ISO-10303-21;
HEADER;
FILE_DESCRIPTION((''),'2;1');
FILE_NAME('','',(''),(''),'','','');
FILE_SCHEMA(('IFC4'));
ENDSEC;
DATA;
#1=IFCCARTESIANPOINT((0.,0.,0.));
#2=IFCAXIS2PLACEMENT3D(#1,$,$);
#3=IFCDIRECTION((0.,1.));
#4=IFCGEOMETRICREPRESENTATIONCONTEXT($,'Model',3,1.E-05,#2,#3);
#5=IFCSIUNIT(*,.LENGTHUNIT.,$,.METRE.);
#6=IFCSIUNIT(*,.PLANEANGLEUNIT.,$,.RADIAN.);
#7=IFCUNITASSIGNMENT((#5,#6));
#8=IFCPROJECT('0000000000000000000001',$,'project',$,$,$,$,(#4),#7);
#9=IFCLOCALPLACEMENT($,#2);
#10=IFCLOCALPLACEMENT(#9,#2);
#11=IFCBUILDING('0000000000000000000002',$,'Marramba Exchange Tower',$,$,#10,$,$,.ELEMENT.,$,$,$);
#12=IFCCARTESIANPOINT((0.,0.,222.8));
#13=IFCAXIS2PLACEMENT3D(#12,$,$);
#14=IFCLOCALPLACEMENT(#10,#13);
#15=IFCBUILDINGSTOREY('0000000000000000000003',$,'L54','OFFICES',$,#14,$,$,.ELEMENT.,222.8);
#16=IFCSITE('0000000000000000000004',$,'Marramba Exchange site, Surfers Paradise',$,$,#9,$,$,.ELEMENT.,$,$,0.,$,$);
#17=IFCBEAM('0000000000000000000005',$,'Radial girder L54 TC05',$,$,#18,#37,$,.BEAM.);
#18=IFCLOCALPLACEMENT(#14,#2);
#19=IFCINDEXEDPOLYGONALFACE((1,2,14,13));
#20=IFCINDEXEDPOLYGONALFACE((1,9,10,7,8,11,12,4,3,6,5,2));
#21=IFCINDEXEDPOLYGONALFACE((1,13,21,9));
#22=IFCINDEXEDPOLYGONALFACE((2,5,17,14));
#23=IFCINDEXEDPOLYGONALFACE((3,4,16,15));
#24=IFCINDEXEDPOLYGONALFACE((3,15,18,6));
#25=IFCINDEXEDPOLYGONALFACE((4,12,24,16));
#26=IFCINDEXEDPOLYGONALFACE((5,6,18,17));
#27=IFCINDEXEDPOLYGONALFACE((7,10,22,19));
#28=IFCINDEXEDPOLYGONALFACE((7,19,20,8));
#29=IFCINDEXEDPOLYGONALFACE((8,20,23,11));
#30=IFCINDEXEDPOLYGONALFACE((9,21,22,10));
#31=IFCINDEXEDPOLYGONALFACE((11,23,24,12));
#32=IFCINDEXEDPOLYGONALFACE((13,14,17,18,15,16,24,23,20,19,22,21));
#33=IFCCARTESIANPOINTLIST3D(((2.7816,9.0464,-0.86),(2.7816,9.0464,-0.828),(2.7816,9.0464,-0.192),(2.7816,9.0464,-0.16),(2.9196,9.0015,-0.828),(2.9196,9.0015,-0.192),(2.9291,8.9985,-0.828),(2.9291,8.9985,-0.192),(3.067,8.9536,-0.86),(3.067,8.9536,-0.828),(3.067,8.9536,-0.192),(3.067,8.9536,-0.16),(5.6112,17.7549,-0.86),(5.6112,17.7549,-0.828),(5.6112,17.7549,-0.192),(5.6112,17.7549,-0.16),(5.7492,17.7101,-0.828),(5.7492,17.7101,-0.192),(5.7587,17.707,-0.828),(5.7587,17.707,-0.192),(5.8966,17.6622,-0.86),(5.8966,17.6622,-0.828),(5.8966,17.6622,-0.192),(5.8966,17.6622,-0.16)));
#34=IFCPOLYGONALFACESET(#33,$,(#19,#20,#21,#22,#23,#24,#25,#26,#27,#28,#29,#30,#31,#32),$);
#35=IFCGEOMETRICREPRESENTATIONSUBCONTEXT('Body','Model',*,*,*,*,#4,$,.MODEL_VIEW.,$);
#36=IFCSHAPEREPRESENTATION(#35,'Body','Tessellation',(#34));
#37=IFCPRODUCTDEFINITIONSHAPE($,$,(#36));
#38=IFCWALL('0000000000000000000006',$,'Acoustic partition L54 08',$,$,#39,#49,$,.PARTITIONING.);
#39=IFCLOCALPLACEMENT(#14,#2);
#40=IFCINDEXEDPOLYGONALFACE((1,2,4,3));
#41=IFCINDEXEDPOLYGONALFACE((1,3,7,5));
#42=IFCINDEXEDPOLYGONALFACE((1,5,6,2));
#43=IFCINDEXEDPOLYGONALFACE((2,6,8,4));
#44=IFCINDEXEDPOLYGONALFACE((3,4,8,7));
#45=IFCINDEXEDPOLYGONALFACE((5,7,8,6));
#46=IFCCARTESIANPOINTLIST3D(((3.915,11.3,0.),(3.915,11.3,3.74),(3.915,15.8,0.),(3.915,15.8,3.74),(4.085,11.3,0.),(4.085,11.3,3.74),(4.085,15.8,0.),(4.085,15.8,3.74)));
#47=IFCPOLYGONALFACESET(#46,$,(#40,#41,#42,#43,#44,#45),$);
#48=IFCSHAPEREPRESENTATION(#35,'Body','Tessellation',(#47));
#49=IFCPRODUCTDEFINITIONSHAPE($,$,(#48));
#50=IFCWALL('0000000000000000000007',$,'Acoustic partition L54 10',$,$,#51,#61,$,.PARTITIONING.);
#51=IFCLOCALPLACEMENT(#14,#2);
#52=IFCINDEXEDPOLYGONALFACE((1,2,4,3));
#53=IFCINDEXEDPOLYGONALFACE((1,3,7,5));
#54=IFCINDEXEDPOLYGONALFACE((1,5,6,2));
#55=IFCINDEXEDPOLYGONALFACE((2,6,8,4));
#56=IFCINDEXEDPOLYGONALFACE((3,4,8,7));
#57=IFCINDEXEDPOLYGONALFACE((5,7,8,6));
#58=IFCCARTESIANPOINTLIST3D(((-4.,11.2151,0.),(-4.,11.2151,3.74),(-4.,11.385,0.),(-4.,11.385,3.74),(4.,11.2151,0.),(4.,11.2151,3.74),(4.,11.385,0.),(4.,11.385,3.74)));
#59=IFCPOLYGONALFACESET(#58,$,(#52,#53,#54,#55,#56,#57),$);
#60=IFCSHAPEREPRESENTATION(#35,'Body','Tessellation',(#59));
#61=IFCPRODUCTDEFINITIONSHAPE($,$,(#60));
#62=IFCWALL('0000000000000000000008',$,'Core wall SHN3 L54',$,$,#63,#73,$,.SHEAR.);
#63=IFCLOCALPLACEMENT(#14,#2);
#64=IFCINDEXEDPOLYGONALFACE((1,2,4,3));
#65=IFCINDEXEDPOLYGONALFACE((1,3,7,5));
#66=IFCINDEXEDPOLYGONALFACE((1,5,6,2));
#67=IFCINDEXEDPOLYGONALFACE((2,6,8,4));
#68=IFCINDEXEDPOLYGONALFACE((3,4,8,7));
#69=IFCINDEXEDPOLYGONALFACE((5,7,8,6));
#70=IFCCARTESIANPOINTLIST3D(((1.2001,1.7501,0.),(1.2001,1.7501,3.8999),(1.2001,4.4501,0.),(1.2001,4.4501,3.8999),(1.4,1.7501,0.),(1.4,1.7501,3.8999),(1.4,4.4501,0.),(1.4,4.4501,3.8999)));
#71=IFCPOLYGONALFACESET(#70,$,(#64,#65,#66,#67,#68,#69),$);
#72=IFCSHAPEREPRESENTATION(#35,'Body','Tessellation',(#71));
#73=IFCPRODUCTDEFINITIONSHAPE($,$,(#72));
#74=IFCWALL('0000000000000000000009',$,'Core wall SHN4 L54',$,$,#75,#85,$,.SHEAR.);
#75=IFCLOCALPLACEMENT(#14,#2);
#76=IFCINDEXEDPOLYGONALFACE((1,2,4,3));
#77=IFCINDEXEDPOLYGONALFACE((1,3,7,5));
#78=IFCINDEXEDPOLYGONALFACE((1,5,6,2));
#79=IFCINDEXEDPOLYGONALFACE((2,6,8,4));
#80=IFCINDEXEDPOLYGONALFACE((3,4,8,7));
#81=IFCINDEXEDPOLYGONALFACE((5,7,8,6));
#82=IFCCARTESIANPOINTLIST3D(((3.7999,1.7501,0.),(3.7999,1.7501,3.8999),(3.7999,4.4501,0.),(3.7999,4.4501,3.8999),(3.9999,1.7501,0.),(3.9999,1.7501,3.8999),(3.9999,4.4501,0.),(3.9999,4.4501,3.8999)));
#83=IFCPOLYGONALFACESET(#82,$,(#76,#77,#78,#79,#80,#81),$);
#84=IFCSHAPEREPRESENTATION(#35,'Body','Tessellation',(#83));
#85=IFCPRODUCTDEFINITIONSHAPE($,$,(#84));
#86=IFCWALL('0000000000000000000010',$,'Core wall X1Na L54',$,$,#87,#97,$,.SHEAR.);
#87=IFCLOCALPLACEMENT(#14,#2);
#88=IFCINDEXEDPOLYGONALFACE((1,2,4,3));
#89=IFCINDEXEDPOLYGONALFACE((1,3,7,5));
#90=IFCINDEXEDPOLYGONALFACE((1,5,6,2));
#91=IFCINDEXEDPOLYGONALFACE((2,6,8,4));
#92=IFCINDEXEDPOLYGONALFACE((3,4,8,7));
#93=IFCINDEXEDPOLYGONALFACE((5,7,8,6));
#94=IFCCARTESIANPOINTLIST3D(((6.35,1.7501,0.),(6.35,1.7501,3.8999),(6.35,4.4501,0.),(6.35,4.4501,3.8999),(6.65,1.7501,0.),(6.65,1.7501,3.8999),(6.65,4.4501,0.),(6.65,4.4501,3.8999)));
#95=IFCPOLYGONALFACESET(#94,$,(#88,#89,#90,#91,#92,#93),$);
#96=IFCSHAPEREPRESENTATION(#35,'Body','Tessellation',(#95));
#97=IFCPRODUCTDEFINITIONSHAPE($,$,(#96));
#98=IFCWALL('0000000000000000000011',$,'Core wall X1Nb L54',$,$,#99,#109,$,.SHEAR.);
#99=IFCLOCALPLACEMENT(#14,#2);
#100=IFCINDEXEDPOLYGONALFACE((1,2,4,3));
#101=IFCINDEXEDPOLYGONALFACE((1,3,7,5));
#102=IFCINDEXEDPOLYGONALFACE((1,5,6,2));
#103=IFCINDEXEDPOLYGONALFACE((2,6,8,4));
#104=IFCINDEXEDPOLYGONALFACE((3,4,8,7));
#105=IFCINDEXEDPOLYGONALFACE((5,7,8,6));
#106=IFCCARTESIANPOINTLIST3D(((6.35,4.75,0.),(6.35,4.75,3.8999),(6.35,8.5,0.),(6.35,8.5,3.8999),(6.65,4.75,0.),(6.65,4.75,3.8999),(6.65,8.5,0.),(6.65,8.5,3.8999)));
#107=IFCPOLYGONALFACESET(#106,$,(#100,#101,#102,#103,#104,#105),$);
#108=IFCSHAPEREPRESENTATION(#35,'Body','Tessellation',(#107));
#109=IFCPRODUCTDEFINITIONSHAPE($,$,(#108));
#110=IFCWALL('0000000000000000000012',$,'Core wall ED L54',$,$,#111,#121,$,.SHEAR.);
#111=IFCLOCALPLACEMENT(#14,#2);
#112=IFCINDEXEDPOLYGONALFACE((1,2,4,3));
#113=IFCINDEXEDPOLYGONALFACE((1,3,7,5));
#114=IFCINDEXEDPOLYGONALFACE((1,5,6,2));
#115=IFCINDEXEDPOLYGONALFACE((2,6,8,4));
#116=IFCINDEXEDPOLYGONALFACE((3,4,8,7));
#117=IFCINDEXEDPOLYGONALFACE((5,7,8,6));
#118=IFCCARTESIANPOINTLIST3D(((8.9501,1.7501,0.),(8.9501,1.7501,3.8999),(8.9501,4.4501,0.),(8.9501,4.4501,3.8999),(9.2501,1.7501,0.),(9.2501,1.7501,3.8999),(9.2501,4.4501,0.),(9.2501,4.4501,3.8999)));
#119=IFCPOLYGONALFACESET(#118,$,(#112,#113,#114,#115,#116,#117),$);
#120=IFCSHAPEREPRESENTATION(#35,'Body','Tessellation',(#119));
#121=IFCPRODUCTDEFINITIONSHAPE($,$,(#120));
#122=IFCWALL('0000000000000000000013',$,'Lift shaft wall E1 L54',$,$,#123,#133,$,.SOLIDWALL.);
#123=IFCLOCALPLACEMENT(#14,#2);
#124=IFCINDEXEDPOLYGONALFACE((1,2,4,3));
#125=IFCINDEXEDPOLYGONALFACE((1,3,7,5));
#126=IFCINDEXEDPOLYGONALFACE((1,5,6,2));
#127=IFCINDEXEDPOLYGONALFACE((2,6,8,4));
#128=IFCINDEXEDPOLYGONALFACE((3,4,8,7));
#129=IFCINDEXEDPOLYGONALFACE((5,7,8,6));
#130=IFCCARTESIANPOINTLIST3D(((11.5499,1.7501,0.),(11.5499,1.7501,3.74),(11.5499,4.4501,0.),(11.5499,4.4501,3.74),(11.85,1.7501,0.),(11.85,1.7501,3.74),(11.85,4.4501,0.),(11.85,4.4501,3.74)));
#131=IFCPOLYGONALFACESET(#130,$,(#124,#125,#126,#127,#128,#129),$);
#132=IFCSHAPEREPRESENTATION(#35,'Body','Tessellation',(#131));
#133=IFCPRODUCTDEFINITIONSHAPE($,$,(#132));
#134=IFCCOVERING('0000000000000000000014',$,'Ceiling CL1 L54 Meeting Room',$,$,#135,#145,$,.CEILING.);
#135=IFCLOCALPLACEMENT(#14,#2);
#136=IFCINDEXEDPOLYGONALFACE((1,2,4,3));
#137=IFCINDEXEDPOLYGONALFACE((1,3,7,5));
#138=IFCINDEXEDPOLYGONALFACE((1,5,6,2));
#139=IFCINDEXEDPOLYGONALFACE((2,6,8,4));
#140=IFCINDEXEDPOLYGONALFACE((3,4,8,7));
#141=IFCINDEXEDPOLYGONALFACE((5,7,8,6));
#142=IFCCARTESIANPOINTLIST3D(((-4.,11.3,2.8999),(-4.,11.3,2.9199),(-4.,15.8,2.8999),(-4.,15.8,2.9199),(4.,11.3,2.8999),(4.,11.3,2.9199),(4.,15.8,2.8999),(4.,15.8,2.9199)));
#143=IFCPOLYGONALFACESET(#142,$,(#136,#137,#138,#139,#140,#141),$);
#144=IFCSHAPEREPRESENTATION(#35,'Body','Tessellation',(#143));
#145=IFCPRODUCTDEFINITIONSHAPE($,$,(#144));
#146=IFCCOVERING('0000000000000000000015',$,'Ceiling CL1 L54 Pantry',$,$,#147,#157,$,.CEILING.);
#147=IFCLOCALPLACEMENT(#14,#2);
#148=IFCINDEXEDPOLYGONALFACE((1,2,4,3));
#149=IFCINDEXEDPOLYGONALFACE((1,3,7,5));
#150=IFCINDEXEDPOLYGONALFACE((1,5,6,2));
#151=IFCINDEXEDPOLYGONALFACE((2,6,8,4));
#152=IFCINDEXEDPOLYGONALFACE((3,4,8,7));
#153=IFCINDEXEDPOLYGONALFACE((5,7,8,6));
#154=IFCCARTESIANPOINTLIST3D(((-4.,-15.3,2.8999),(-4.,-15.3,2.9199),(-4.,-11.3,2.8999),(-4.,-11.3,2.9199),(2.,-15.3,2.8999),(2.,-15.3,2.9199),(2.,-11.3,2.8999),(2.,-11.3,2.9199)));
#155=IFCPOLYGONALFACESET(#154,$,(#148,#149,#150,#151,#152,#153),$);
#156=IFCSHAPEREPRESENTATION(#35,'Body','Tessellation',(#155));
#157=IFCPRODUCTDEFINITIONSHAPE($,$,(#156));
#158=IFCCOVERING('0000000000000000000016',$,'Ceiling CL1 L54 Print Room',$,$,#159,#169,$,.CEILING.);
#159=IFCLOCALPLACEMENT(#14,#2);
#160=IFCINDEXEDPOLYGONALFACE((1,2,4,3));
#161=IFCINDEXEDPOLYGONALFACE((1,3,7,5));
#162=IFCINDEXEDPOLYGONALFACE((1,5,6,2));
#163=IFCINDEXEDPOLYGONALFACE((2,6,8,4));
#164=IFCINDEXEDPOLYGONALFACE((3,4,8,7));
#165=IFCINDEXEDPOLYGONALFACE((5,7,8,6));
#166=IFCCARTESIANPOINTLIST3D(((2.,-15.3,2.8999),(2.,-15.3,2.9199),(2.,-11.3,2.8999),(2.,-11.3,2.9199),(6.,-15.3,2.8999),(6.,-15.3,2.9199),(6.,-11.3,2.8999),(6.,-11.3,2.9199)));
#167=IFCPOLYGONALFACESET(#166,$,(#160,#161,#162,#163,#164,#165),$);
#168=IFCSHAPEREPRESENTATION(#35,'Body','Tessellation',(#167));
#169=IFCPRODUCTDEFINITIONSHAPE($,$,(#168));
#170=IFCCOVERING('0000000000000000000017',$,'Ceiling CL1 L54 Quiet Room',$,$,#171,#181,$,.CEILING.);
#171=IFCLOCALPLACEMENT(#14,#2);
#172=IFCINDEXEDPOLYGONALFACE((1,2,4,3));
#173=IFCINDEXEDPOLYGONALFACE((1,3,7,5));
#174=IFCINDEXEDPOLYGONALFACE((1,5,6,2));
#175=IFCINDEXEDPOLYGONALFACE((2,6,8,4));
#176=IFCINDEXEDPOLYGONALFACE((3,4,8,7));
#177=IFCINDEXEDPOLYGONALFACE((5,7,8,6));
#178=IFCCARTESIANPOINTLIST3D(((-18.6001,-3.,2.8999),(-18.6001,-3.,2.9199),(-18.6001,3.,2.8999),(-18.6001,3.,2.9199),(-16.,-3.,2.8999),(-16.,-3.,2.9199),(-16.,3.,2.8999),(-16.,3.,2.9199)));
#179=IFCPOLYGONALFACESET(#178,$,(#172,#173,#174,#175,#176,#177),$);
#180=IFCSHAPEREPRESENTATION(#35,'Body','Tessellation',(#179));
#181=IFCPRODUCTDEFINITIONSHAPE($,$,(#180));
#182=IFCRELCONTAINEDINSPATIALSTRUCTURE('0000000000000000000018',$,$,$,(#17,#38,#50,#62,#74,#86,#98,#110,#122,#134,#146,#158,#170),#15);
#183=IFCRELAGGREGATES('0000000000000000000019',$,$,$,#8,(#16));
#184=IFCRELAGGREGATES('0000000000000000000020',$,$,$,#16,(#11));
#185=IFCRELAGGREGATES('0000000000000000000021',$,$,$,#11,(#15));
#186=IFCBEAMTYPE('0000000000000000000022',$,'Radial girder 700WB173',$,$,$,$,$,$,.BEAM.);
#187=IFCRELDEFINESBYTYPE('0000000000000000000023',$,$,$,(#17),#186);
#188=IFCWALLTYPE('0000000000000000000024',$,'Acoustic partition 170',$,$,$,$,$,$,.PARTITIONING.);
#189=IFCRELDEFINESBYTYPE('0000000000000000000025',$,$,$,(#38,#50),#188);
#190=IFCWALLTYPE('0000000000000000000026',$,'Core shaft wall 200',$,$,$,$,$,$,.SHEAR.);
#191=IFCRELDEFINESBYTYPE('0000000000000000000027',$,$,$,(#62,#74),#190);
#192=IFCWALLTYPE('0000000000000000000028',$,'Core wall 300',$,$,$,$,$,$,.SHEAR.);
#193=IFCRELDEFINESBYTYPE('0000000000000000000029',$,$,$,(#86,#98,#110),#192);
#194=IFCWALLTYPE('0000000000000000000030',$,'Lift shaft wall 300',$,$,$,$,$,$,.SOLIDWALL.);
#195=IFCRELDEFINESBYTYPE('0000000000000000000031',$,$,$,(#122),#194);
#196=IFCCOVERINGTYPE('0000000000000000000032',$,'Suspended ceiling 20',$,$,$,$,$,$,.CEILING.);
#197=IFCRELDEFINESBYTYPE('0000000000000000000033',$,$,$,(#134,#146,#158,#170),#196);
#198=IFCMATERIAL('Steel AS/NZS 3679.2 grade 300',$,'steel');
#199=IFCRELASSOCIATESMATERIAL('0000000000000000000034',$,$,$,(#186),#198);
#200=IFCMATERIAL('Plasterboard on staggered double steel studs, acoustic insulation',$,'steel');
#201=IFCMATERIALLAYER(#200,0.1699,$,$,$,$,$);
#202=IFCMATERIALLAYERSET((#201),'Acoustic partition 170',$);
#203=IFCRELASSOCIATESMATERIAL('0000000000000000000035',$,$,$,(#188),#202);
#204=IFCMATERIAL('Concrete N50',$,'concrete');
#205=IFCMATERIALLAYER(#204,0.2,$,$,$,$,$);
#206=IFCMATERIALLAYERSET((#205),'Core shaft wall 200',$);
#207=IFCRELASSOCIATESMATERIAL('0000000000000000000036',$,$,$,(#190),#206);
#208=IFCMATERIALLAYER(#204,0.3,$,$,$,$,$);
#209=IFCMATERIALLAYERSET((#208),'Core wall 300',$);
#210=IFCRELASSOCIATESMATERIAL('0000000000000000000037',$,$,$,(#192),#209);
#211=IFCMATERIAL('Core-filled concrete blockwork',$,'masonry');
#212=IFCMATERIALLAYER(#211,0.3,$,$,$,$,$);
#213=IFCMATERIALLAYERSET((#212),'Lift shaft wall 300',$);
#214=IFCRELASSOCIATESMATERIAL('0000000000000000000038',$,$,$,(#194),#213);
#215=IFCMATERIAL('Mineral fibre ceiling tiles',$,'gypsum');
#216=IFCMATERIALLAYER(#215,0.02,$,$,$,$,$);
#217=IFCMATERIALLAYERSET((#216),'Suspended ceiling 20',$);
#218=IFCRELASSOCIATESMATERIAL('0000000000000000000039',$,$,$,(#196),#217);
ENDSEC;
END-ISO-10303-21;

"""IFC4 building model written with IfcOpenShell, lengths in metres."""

from ifc_helpers import new_model, si_unit, direction, frame, frame_2d, origin, origin_2d, place, context, subcontext, project, spatial, polyline, rectangle, i_section, outline, extrude, material, layer, layer_set, material_profile, profile_set, type_object, element, save


model = new_model("IFC4")

# Units and contexts
model_context = context("Model", 3, precision=1e-05, world=origin(), true_north=direction((0.0, 1.0)))
body_context = subcontext(model_context, "Body", "Model", "MODEL_VIEW")
ifc_project = project(units=[si_unit("LENGTHUNIT", "METRE"), si_unit("PLANEANGLEUNIT", "RADIAN")], contexts=[model_context])

# Site, building, storey
site_placement = place(None, origin())
site = spatial("IfcSite", under=ifc_project, at=site_placement, Name="Marramba Exchange site, Surfers Paradise", CompositionType="ELEMENT", RefElevation=0.0)
building_placement = place(site_placement, origin())
building = spatial("IfcBuilding", under=site, at=building_placement, Name="Marramba Exchange Tower", CompositionType="ELEMENT")
storey_placement = place(building_placement, frame((0.0, 0.0, 222.8)))
storey = spatial("IfcBuildingStorey", under=building, at=storey_placement, Name="L54", Description="OFFICES", CompositionType="ELEMENT", Elevation=222.8)

# Shared definitions
ifc_material_1 = material(Name="Concrete N50", Category="concrete")

# Beam
ifc_material_2 = material(Name="Steel AS/NZS 3679.2 grade 300", Category="steel")
ifc_material_profile_1 = material_profile(ifc_material_2, i_section(OverallWidth=0.3, OverallDepth=0.7, WebThickness=0.01, FlangeThickness=0.032, at=origin_2d()), Name="700WB173")
ifc_profile_set_1 = profile_set([ifc_material_profile_1], Name="Steel AS/NZS 3679.2 grade 300")
beam_type_1 = type_object("IfcBeamType", Name="Radial girder 700WB173", PredefinedType="BEAM", material=ifc_profile_set_1)
beam_1_placement = place(storey_placement, frame((2.9243, 9.0, -0.51), z_axis=(0.30902, 0.951056, 0.0), x_axis=(-0.951056, 0.30902, 0.0)))
element("IfcBeam", 1, at=beam_1_placement, inside=storey, type_object=beam_type_1, Name="Radial girder L54 TC05", PredefinedType="BEAM", context=body_context, shape_type="SweptSolid", body=[
    extrude(i_section(OverallWidth=0.3, OverallDepth=0.7, WebThickness=0.01, FlangeThickness=0.032, at=origin_2d()), origin(), (0.0, 0.0, 1.0), 9.1567),
])

# Walls
ifc_material_3 = material(Name="Plasterboard on staggered double steel studs, acoustic insulation", Category="steel")
ifc_layer_1 = layer(ifc_material_3, 0.1699)
ifc_layer_set_1 = layer_set([ifc_layer_1], Name="Acoustic partition 170")
wall_type_1 = type_object("IfcWallType", Name="Acoustic partition 170", PredefinedType="PARTITIONING", material=ifc_layer_set_1)
wall_1_placement = place(storey_placement, frame((4.0, 15.8, 0.0), z_axis=(0.0, 0.0, 1.0), x_axis=(0.0, -1.0, 0.0)))
element("IfcWall", 2, at=wall_1_placement, inside=storey, type_object=wall_type_1, Name="Acoustic partition L54 08", PredefinedType="PARTITIONING", context=body_context, shape_type="SweptSolid", body=[
    extrude(rectangle(XDim=4.5, YDim=0.1699, at=frame_2d((2.25, 0.0))), origin(), (0.0, 0.0, 1.0), 3.74),
])
wall_2_placement = place(storey_placement, frame((4.0, 11.3, 0.0), z_axis=(0.0, 0.0, 1.0), x_axis=(-1.0, 0.0, 0.0)))
element("IfcWall", 3, at=wall_2_placement, inside=storey, type_object=wall_type_1, Name="Acoustic partition L54 10", PredefinedType="PARTITIONING", context=body_context, shape_type="SweptSolid", body=[
    extrude(rectangle(XDim=8.0, YDim=0.1699, at=frame_2d((4.0, 0.0))), origin(), (0.0, 0.0, 1.0), 3.74),
])
ifc_layer_2 = layer(ifc_material_1, 0.2)
ifc_layer_set_2 = layer_set([ifc_layer_2], Name="Core shaft wall 200")
wall_type_2 = type_object("IfcWallType", Name="Core shaft wall 200", PredefinedType="SHEAR", material=ifc_layer_set_2)
for number, where, z_axis, x_axis, name in (
    (4, (1.3, 1.75, 0.0), (0.0, 0.0, 1.0), (0.0, 1.0, 0.0), "Core wall SHN3 L54"),
    (5, (3.8999, 1.75, 0.0), (0.0, 0.0, 1.0), (0.0, 1.0, 0.0), "Core wall SHN4 L54"),
):
    element("IfcWall", number, at=place(storey_placement, frame(where, z_axis=z_axis, x_axis=x_axis)), inside=storey, type_object=wall_type_2, Name=name, PredefinedType="SHEAR", context=body_context, shape_type="SweptSolid", body=[
        extrude(rectangle(XDim=2.7, YDim=0.2, at=frame_2d((1.3501, 0.0))), origin(), (0.0, 0.0, 1.0), 3.8999),
    ])
ifc_layer_3 = layer(ifc_material_1, 0.3)
ifc_layer_set_3 = layer_set([ifc_layer_3], Name="Core wall 300")
wall_type_3 = type_object("IfcWallType", Name="Core wall 300", PredefinedType="SHEAR", material=ifc_layer_set_3)
wall_3_placement = place(storey_placement, frame((6.5, 1.75, 0.0), z_axis=(0.0, 0.0, 1.0), x_axis=(0.0, 1.0, 0.0)))
element("IfcWall", 6, at=wall_3_placement, inside=storey, type_object=wall_type_3, Name="Core wall X1Na L54", PredefinedType="SHEAR", context=body_context, shape_type="SweptSolid", body=[
    extrude(rectangle(XDim=2.7, YDim=0.3, at=frame_2d((1.3501, 0.0))), origin(), (0.0, 0.0, 1.0), 3.8999),
])
wall_4_placement = place(storey_placement, frame((6.5, 4.75, 0.0), z_axis=(0.0, 0.0, 1.0), x_axis=(0.0, 1.0, 0.0)))
element("IfcWall", 7, at=wall_4_placement, inside=storey, type_object=wall_type_3, Name="Core wall X1Nb L54", PredefinedType="SHEAR", context=body_context, shape_type="SweptSolid", body=[
    extrude(rectangle(XDim=3.75, YDim=0.3, at=frame_2d((1.875, 0.0))), origin(), (0.0, 0.0, 1.0), 3.8999),
])
wall_5_placement = place(storey_placement, frame((9.1001, 1.75, 0.0), z_axis=(0.0, 0.0, 1.0), x_axis=(0.0, 1.0, 0.0)))
element("IfcWall", 8, at=wall_5_placement, inside=storey, type_object=wall_type_3, Name="Core wall ED L54", PredefinedType="SHEAR", context=body_context, shape_type="SweptSolid", body=[
    extrude(rectangle(XDim=2.7, YDim=0.3, at=frame_2d((1.3501, 0.0))), origin(), (0.0, 0.0, 1.0), 3.8999),
])
ifc_material_4 = material(Name="Core-filled concrete blockwork", Category="masonry")
ifc_layer_4 = layer(ifc_material_4, 0.3)
ifc_layer_set_4 = layer_set([ifc_layer_4], Name="Lift shaft wall 300")
wall_type_4 = type_object("IfcWallType", Name="Lift shaft wall 300", PredefinedType="SOLIDWALL", material=ifc_layer_set_4)
wall_6_placement = place(storey_placement, frame((11.7, 1.75, 0.0), z_axis=(0.0, 0.0, 1.0), x_axis=(0.0, 1.0, 0.0)))
element("IfcWall", 9, at=wall_6_placement, inside=storey, type_object=wall_type_4, Name="Lift shaft wall E1 L54", PredefinedType="SOLIDWALL", context=body_context, shape_type="SweptSolid", body=[
    extrude(rectangle(XDim=2.7, YDim=0.3, at=frame_2d((1.3501, 0.0))), origin(), (0.0, 0.0, 1.0), 3.74),
])

# Coverings
ifc_material_5 = material(Name="Mineral fibre ceiling tiles", Category="gypsum")
ifc_layer_5 = layer(ifc_material_5, 0.02)
ifc_layer_set_5 = layer_set([ifc_layer_5], Name="Suspended ceiling 20")
covering_type = type_object("IfcCoveringType", Name="Suspended ceiling 20", PredefinedType="CEILING", material=ifc_layer_set_5)
covering_1_placement = place(storey_placement, frame((0.0, 0.0, 2.8999)))
element("IfcCovering", 10, at=covering_1_placement, inside=storey, type_object=covering_type, Name="Ceiling CL1 L54 Meeting Room", PredefinedType="CEILING", context=body_context, shape_type="SweptSolid", body=[
    extrude(outline(polyline([(4.0, 11.3), (-4.0, 11.3), (-4.0, 15.8), (4.0, 15.8), (4.0, 11.3)])), origin(), (0.0, 0.0, 1.0), 0.02),
])
covering_2_placement = place(storey_placement, frame((0.0, 0.0, 2.8999)))
element("IfcCovering", 11, at=covering_2_placement, inside=storey, type_object=covering_type, Name="Ceiling CL1 L54 Pantry", PredefinedType="CEILING", context=body_context, shape_type="SweptSolid", body=[
    extrude(outline(polyline([(2.0, -15.3), (-4.0, -15.3), (-4.0, -11.3), (2.0, -11.3), (2.0, -15.3)])), origin(), (0.0, 0.0, 1.0), 0.02),
])
covering_3_placement = place(storey_placement, frame((0.0, 0.0, 2.8999)))
element("IfcCovering", 12, at=covering_3_placement, inside=storey, type_object=covering_type, Name="Ceiling CL1 L54 Print Room", PredefinedType="CEILING", context=body_context, shape_type="SweptSolid", body=[
    extrude(outline(polyline([(6.0, -15.3), (2.0, -15.3), (2.0, -11.3), (6.0, -11.3), (6.0, -15.3)])), origin(), (0.0, 0.0, 1.0), 0.02),
])
covering_4_placement = place(storey_placement, frame((0.0, 0.0, 2.8999)))
element("IfcCovering", 13, at=covering_4_placement, inside=storey, type_object=covering_type, Name="Ceiling CL1 L54 Quiet Room", PredefinedType="CEILING", context=body_context, shape_type="SweptSolid", body=[
    extrude(outline(polyline([(-16.0, -3.0), (-18.6001, -3.0), (-18.6001, 3.0), (-16.0, 3.0), (-16.0, -3.0)])), origin(), (0.0, 0.0, 1.0), 0.02),
])

save(model, "model.ifc")
